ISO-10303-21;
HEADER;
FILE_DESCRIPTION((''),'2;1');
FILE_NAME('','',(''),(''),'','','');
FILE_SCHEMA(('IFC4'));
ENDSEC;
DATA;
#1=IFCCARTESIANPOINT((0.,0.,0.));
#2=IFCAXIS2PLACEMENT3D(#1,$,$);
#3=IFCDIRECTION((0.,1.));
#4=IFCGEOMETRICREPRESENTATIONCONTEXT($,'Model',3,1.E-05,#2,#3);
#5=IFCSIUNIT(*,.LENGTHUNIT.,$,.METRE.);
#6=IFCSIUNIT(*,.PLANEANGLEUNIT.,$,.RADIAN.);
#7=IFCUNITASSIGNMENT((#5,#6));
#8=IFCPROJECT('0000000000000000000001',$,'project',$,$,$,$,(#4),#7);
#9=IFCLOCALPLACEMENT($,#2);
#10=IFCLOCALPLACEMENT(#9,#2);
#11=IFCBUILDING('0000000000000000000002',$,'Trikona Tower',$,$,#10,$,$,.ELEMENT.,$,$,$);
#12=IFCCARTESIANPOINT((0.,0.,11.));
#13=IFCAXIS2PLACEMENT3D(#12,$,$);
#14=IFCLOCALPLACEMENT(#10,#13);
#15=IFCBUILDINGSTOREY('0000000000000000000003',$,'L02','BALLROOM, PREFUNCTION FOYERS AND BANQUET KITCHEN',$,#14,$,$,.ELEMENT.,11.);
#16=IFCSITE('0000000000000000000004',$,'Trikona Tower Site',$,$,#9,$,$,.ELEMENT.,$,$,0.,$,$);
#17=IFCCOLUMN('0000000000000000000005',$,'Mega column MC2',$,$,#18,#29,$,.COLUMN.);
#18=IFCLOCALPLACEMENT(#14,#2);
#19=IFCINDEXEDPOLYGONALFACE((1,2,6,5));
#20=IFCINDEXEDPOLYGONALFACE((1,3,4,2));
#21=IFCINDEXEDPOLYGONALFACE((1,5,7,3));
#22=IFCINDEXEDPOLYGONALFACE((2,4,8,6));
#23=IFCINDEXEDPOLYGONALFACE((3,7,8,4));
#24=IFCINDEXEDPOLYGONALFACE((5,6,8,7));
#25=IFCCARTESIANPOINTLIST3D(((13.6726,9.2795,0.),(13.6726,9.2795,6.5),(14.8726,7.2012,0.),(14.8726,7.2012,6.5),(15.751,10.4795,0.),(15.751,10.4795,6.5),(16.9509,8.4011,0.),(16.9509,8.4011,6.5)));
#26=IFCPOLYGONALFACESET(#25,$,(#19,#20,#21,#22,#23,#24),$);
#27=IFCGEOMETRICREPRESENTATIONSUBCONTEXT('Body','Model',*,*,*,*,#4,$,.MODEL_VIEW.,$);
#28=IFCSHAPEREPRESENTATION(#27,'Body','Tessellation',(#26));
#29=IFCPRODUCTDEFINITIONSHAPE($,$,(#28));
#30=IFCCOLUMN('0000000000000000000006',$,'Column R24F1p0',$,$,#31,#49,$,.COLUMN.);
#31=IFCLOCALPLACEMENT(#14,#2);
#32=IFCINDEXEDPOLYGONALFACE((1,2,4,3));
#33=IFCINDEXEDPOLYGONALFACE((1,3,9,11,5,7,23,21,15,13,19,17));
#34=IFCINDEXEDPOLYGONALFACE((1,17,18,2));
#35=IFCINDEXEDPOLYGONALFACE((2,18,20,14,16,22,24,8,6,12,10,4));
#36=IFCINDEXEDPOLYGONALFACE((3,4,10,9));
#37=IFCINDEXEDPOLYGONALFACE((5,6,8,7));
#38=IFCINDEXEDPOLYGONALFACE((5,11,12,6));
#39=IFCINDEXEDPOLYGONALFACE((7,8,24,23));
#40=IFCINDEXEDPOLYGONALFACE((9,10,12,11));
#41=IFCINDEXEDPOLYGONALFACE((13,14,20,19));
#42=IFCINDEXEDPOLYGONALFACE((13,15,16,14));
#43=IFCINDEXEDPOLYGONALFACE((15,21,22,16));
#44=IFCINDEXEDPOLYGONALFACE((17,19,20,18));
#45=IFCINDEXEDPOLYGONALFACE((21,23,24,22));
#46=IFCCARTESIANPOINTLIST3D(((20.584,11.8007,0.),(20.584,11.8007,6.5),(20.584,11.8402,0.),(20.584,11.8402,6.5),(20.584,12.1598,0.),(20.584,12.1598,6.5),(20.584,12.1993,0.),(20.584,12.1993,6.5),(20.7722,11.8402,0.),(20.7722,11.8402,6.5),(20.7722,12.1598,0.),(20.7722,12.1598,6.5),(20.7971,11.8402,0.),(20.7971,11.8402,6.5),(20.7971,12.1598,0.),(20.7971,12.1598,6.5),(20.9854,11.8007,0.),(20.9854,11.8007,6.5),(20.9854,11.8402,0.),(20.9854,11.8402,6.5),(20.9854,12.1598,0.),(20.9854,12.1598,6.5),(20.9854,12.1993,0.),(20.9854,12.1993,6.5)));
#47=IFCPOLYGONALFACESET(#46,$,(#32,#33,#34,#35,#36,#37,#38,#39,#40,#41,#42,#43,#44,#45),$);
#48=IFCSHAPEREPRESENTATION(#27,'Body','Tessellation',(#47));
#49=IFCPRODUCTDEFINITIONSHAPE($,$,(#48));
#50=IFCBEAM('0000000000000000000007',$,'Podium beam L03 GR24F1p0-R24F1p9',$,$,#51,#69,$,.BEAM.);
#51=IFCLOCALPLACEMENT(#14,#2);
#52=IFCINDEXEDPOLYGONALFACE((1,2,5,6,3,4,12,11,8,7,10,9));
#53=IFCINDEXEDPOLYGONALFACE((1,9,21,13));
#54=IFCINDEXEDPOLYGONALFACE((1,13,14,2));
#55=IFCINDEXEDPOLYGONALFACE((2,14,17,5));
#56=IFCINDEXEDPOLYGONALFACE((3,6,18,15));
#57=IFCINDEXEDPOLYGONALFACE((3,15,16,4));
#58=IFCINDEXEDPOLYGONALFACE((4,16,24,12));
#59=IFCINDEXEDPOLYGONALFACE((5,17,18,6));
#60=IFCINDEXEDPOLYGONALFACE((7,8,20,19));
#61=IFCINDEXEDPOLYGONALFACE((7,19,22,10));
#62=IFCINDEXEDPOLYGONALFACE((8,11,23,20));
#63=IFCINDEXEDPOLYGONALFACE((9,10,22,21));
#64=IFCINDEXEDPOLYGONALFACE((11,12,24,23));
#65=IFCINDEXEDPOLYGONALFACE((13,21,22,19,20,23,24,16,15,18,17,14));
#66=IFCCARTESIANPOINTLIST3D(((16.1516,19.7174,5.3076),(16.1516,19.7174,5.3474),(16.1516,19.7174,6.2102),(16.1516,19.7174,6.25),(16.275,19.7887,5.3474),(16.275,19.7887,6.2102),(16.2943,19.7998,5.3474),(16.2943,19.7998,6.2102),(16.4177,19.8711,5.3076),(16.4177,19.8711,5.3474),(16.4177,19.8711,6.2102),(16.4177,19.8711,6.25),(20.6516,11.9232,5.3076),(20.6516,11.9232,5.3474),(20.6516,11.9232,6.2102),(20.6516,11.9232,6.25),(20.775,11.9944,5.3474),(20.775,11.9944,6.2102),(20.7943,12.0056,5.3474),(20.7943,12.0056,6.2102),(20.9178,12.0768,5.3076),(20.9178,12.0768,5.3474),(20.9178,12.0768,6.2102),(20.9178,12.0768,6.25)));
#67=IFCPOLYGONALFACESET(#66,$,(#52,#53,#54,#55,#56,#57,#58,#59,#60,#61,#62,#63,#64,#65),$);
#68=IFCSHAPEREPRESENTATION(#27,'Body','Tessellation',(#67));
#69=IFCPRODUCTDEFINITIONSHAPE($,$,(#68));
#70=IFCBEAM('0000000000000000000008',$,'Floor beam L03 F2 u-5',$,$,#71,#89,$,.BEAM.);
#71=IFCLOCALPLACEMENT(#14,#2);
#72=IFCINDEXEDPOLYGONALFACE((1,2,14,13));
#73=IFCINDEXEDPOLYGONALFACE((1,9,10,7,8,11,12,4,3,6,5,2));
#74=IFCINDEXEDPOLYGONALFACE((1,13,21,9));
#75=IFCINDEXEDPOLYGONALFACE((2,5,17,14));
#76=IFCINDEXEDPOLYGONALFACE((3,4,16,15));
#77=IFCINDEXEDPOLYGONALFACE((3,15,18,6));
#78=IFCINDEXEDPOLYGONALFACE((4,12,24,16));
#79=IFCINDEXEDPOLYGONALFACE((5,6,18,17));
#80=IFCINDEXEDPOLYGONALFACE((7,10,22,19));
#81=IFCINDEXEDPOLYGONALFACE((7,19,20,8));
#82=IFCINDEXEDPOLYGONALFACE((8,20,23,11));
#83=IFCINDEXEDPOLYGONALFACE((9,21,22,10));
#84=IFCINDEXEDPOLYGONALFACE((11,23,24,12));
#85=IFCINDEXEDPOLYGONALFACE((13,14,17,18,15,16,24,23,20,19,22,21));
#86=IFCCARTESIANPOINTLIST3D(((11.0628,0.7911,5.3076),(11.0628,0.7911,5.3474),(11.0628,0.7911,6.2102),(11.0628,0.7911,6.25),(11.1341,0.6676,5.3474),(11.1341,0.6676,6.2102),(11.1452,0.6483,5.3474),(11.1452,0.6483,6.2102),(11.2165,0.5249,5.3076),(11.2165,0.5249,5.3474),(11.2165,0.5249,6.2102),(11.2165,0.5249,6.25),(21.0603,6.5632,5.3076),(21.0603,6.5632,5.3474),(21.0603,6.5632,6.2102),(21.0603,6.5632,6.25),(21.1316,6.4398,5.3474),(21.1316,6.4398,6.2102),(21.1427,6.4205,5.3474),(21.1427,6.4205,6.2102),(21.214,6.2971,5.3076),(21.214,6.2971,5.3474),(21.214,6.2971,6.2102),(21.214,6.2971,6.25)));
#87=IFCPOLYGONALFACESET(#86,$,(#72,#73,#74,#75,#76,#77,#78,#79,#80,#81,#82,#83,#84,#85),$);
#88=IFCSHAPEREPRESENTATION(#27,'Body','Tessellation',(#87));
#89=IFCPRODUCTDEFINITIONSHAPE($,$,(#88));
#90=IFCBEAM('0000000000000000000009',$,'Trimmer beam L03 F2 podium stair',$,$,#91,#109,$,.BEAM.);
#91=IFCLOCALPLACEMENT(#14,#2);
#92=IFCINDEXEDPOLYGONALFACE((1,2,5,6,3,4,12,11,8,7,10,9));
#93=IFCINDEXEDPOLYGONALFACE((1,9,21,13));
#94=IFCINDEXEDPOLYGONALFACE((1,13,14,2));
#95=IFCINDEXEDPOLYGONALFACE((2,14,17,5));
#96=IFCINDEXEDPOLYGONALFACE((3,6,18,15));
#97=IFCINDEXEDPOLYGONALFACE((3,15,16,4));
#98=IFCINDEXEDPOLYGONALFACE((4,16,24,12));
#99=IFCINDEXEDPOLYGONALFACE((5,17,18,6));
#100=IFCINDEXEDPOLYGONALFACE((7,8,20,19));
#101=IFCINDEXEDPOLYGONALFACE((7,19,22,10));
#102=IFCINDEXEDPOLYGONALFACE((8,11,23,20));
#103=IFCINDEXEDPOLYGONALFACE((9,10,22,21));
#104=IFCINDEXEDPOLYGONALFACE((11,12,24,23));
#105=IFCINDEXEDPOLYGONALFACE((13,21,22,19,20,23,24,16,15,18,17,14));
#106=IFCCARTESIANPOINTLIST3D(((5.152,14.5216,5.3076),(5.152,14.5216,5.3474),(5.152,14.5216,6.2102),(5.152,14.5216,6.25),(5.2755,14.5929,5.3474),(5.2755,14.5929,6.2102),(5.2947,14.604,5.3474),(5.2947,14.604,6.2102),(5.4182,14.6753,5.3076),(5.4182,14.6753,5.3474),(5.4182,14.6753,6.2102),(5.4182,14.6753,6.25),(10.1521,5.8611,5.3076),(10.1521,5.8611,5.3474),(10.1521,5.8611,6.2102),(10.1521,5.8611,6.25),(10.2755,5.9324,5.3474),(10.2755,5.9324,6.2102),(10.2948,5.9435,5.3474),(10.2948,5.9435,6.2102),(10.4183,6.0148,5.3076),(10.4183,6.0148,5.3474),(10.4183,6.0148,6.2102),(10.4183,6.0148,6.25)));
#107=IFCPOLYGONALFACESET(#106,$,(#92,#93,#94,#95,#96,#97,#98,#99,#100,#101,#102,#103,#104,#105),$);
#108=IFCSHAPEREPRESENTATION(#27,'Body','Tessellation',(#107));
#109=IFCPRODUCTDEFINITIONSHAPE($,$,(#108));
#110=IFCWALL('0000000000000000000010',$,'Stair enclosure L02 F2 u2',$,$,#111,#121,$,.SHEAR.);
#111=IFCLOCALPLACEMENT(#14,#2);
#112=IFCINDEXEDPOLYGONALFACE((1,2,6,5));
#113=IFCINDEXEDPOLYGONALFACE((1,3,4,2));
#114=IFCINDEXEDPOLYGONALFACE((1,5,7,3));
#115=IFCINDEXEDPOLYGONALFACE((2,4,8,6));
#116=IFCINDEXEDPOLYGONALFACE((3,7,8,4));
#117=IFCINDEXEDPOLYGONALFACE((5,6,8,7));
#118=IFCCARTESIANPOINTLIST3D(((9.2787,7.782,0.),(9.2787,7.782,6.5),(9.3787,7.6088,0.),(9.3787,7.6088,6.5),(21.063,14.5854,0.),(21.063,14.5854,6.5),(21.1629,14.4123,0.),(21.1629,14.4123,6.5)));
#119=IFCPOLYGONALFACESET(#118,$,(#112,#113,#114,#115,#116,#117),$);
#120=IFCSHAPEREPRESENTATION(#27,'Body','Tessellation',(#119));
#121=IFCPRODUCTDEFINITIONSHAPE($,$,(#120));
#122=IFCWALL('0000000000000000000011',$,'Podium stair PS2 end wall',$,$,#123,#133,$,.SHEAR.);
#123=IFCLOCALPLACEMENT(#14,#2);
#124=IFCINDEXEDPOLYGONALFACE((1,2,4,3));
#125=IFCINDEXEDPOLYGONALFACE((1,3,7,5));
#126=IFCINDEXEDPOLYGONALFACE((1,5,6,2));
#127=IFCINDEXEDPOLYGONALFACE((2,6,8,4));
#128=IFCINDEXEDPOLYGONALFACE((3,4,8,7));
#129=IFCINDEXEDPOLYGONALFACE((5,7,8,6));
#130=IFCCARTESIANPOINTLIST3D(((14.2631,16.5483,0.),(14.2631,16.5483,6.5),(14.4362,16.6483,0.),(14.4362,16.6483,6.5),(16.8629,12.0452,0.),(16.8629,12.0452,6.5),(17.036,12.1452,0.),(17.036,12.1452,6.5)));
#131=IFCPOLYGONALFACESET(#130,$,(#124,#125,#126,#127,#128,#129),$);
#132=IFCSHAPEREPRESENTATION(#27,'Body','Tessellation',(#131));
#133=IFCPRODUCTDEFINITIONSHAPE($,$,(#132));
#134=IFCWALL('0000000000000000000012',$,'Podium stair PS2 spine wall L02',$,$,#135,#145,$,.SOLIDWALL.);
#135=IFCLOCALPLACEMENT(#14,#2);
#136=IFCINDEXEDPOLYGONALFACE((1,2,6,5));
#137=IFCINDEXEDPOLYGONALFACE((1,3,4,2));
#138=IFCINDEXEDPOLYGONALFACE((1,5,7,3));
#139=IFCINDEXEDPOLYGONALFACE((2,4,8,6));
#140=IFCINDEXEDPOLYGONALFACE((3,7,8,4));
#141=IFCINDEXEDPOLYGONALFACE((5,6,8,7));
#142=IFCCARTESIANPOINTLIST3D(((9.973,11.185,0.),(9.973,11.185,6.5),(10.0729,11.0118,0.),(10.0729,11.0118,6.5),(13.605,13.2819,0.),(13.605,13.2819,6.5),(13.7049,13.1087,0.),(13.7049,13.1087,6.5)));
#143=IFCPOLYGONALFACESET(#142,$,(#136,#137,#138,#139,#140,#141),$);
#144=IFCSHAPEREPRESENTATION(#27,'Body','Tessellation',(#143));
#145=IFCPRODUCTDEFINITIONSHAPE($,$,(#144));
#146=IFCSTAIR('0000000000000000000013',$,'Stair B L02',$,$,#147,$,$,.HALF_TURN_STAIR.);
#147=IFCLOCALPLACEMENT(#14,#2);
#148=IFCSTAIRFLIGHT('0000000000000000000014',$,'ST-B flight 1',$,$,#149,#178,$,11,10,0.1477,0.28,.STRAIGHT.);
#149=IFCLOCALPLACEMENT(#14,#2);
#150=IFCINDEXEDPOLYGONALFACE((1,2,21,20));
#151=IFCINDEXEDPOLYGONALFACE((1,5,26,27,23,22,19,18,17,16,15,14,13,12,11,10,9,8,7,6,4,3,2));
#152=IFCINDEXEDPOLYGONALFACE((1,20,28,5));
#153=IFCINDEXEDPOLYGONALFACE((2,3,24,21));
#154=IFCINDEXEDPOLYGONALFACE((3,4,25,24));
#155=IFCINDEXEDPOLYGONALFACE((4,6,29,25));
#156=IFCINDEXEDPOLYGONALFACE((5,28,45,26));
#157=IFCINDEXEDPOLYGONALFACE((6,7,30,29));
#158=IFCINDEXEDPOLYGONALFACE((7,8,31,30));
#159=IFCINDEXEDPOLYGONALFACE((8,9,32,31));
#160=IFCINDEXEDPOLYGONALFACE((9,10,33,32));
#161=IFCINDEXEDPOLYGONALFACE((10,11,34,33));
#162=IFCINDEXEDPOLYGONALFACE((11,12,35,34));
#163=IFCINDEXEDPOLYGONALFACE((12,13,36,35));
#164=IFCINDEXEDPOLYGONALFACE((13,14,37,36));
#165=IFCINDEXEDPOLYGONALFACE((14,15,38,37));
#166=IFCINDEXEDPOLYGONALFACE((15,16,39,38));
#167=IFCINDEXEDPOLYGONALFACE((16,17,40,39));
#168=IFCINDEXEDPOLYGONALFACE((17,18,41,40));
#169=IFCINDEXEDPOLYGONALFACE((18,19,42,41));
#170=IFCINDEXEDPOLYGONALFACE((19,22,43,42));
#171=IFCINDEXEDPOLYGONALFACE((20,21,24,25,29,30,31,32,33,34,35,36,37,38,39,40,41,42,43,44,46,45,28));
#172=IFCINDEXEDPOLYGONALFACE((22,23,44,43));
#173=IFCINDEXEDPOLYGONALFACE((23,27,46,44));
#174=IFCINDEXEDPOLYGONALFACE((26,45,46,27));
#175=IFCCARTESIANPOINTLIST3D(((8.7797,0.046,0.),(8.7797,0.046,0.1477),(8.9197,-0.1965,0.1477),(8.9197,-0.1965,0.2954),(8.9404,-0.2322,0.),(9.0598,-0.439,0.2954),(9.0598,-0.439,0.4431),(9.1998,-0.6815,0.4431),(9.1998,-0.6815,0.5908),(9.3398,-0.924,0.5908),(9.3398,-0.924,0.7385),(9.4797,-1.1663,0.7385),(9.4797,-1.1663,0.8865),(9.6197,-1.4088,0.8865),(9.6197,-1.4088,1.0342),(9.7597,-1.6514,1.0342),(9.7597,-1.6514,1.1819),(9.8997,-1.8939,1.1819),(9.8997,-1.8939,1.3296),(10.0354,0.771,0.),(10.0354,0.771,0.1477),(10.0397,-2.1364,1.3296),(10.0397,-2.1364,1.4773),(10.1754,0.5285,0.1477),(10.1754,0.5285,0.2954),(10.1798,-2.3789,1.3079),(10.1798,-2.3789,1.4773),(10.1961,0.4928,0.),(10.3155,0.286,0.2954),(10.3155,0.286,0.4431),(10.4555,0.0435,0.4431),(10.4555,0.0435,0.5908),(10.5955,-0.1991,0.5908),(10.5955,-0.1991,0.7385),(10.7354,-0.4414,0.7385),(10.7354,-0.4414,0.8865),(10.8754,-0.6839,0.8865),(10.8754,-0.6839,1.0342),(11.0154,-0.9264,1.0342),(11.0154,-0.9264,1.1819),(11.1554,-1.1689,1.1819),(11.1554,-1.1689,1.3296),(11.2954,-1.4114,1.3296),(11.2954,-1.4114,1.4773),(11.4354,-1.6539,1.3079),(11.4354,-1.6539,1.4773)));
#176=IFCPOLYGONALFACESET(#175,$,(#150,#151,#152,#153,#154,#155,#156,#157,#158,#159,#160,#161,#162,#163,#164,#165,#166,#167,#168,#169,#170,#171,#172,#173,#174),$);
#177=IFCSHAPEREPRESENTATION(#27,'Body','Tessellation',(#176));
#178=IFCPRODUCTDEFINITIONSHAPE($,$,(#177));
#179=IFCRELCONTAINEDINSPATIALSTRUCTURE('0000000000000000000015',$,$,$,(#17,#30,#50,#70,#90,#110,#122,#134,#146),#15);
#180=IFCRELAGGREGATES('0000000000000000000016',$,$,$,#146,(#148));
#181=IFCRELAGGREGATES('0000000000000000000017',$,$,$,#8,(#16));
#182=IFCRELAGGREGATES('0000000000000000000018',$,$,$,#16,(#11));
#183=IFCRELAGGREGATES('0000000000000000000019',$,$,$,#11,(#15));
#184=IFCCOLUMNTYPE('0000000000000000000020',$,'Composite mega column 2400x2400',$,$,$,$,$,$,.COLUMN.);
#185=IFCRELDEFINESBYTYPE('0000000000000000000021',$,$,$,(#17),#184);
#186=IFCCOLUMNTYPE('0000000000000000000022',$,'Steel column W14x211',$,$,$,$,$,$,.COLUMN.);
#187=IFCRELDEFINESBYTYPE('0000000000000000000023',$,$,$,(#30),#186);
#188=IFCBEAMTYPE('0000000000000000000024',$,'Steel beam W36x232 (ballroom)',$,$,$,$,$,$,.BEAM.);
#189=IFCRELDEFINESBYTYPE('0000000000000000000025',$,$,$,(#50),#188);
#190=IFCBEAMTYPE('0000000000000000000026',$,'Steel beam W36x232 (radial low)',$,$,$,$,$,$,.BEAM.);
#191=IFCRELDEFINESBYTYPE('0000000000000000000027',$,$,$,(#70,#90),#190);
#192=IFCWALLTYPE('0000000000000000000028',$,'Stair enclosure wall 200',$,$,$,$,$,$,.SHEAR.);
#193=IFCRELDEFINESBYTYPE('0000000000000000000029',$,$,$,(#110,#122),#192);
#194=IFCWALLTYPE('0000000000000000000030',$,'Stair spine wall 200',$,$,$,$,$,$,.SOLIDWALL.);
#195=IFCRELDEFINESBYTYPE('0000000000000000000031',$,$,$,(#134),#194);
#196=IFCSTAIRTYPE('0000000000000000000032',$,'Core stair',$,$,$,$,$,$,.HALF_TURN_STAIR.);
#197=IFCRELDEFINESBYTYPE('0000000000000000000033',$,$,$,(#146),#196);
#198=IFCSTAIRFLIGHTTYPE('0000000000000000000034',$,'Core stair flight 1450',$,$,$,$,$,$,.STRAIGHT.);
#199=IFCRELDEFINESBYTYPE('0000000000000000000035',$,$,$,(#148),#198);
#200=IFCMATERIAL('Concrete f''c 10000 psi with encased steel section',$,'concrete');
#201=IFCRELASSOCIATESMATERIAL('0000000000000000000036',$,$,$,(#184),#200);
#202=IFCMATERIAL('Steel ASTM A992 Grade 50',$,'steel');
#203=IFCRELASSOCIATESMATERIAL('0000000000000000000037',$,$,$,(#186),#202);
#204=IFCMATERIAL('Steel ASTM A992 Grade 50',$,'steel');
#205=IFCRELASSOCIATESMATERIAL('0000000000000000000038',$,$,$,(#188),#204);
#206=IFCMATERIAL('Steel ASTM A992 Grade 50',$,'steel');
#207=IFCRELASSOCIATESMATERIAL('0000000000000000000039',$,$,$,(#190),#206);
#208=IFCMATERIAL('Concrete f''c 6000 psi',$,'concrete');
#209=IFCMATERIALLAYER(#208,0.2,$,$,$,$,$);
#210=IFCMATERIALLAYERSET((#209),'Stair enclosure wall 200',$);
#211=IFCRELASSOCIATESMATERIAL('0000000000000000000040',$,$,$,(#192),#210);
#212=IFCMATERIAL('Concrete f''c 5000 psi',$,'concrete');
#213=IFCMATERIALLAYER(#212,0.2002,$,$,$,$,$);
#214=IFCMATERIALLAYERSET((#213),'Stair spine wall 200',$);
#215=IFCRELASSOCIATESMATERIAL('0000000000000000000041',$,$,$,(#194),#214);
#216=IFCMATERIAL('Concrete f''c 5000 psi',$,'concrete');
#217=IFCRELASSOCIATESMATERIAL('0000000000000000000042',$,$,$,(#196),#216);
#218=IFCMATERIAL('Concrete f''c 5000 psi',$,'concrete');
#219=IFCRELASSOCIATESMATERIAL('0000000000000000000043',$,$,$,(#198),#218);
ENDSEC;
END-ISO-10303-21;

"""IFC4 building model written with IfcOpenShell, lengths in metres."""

from ifc_helpers import new_model, si_unit, direction, frame, frame_2d, origin, origin_2d, place, context, subcontext, project, spatial, polyline, rectangle, i_section, outline, extrude, material, layer, layer_set, material_profile, profile_set, type_object, element, aggregate, save


model = new_model("IFC4")

# Units and contexts
model_context = context("Model", 3, precision=1e-05, world=origin(), true_north=direction((0.0, 1.0)))
body_context = subcontext(model_context, "Body", "Model", "MODEL_VIEW")
ifc_project = project(units=[si_unit("LENGTHUNIT", "METRE"), si_unit("PLANEANGLEUNIT", "RADIAN")], contexts=[model_context])

# Site, building, storey
site_placement = place(None, origin())
site = spatial("IfcSite", under=ifc_project, at=site_placement, Name="Trikona Tower Site", CompositionType="ELEMENT", RefElevation=0.0)
building_placement = place(site_placement, origin())
building = spatial("IfcBuilding", under=site, at=building_placement, Name="Trikona Tower", CompositionType="ELEMENT")
storey_placement = place(building_placement, frame((0.0, 0.0, 11.0)))
storey = spatial("IfcBuildingStorey", under=building, at=storey_placement, Name="L02", Description="BALLROOM, PREFUNCTION FOYERS AND BANQUET KITCHEN", CompositionType="ELEMENT", Elevation=11.0)

# Columns
ifc_material_1 = material(Name="Concrete f'c 10000 psi with encased steel section", Category="concrete")
ifc_material_profile_1 = material_profile(ifc_material_1, rectangle(XDim=2.3999, YDim=2.3999, at=origin_2d()), Name="MC2400")
ifc_profile_set_1 = profile_set([ifc_material_profile_1], Name="Concrete f'c 10000 psi with encased steel section")
column_type_1 = type_object("IfcColumnType", Name="Composite mega column 2400x2400", PredefinedType="COLUMN", material=ifc_profile_set_1)
column_1_placement = place(storey_placement, frame((15.3118, 8.8403, 0.0), z_axis=(0.0, 0.0, 1.0), x_axis=(0.866025, 0.5, 0.0)))
element("IfcColumn", 1, at=column_1_placement, inside=storey, type_object=column_type_1, Name="Mega column MC2", PredefinedType="COLUMN", context=body_context, shape_type="SweptSolid", body=[
    extrude(rectangle(XDim=2.3999, YDim=2.3999, at=origin_2d()), origin(), (0.0, 0.0, 1.0), 6.5),
])
ifc_material_2 = material(Name="Steel ASTM A992 Grade 50", Category="steel")
ifc_material_profile_2 = material_profile(ifc_material_2, i_section(OverallWidth=0.4014, OverallDepth=0.3987, WebThickness=0.0249, FlangeThickness=0.0396, at=origin_2d()), Name="W14X211")
ifc_profile_set_2 = profile_set([ifc_material_profile_2], Name="Steel ASTM A992 Grade 50")
column_type_2 = type_object("IfcColumnType", Name="Steel column W14x211", PredefinedType="COLUMN", material=ifc_profile_set_2)
column_2_placement = place(storey_placement, frame((20.7847, 12.0, 0.0), z_axis=(0.0, 0.0, 1.0), x_axis=(1.0, 0.0, 0.0)))
element("IfcColumn", 2, at=column_2_placement, inside=storey, type_object=column_type_2, Name="Column R24F1p0", PredefinedType="COLUMN", context=body_context, shape_type="SweptSolid", body=[
    extrude(i_section(OverallWidth=0.4014, OverallDepth=0.3987, WebThickness=0.0249, FlangeThickness=0.0396, at=origin_2d()), origin(), (0.0, 0.0, 1.0), 6.5),
])

# Beams
ifc_material_3 = material(Name="Steel ASTM A992 Grade 50", Category="steel")
ifc_material_profile_3 = material_profile(ifc_material_3, i_section(OverallWidth=0.3074, OverallDepth=0.9424, WebThickness=0.0222, FlangeThickness=0.0398, at=origin_2d()), Name="W36X232")
ifc_profile_set_3 = profile_set([ifc_material_profile_3], Name="Steel ASTM A992 Grade 50")
beam_type_1 = type_object("IfcBeamType", Name="Steel beam W36x232 (ballroom)", PredefinedType="BEAM", material=ifc_profile_set_3)
beam_1_placement = place(storey_placement, frame((20.7847, 12.0, 5.7788), z_axis=(-0.500002, 0.866024, 0.0), x_axis=(-0.866024, -0.500002, 0.0)))
element("IfcBeam", 3, at=beam_1_placement, inside=storey, type_object=beam_type_1, Name="Podium beam L03 GR24F1p0-R24F1p9", PredefinedType="BEAM", context=body_context, shape_type="SweptSolid", body=[
    extrude(i_section(OverallWidth=0.3074, OverallDepth=0.9424, WebThickness=0.0222, FlangeThickness=0.0398, at=origin_2d()), origin(), (0.0, 0.0, 1.0), 9.0),
])
ifc_material_4 = material(Name="Steel ASTM A992 Grade 50", Category="steel")
ifc_material_profile_4 = material_profile(ifc_material_4, i_section(OverallWidth=0.3074, OverallDepth=0.9424, WebThickness=0.0222, FlangeThickness=0.0398, at=origin_2d()), Name="W36X232")
ifc_profile_set_4 = profile_set([ifc_material_profile_4], Name="Steel ASTM A992 Grade 50")
beam_type_2 = type_object("IfcBeamType", Name="Steel beam W36x232 (radial low)", PredefinedType="BEAM", material=ifc_profile_set_4)
beam_2_placement = place(storey_placement, frame((11.1396, 0.658, 5.7788), z_axis=(0.866021, 0.500008, 0.0), x_axis=(-0.500008, 0.866021, 0.0)))
element("IfcBeam", 4, at=beam_2_placement, inside=storey, type_object=beam_type_2, Name="Floor beam L03 F2 u-5", PredefinedType="BEAM", context=body_context, shape_type="SweptSolid", body=[
    extrude(i_section(OverallWidth=0.3074, OverallDepth=0.9424, WebThickness=0.0222, FlangeThickness=0.0398, at=origin_2d()), origin(), (0.0, 0.0, 1.0), 11.5442),
])
beam_3_placement = place(storey_placement, frame((10.2852, 5.938, 5.7788), z_axis=(-0.499994, 0.866029, 0.0), x_axis=(-0.866029, -0.499994, 0.0)))
element("IfcBeam", 5, at=beam_3_placement, inside=storey, type_object=beam_type_2, Name="Trimmer beam L03 F2 podium stair", PredefinedType="BEAM", context=body_context, shape_type="SweptSolid", body=[
    extrude(i_section(OverallWidth=0.3074, OverallDepth=0.9424, WebThickness=0.0222, FlangeThickness=0.0398, at=origin_2d()), origin(), (0.0, 0.0, 1.0), 10.0002),
])

# Walls
ifc_material_5 = material(Name="Concrete f'c 6000 psi", Category="concrete")
ifc_layer_1 = layer(ifc_material_5, 0.2)
ifc_layer_set_1 = layer_set([ifc_layer_1], Name="Stair enclosure wall 200")
wall_type_1 = type_object("IfcWallType", Name="Stair enclosure wall 200", PredefinedType="SHEAR", material=ifc_layer_set_1)
wall_1_placement = place(storey_placement, frame((9.3286, 7.6953, 0.0), z_axis=(0.0, 0.0, 1.0), x_axis=(0.86603, 0.499993, 0.0)))
element("IfcWall", 6, at=wall_1_placement, inside=storey, type_object=wall_type_1, Name="Stair enclosure L02 F2 u2", PredefinedType="SHEAR", context=body_context, shape_type="SweptSolid", body=[
    extrude(rectangle(XDim=13.6072, YDim=0.2, at=frame_2d((6.8037, 0.0))), origin(), (0.0, 0.0, 1.0), 6.5),
])
wall_2_placement = place(storey_placement, frame((16.9495, 12.0952, 0.0), z_axis=(0.0, 0.0, 1.0), x_axis=(-0.499992, 0.86603, 0.0)))
element("IfcWall", 7, at=wall_2_placement, inside=storey, type_object=wall_type_1, Name="Podium stair PS2 end wall", PredefinedType="SHEAR", context=body_context, shape_type="SweptSolid", body=[
    extrude(rectangle(XDim=5.1997, YDim=0.2, at=frame_2d((2.5999, 0.0))), origin(), (0.0, 0.0, 1.0), 6.5),
])
ifc_material_6 = material(Name="Concrete f'c 5000 psi", Category="concrete")
ifc_layer_2 = layer(ifc_material_6, 0.2002)
ifc_layer_set_2 = layer_set([ifc_layer_2], Name="Stair spine wall 200")
wall_type_2 = type_object("IfcWallType", Name="Stair spine wall 200", PredefinedType="SOLIDWALL", material=ifc_layer_set_2)
wall_3_placement = place(storey_placement, frame((10.0229, 11.0984, 0.0), z_axis=(0.0, 0.0, 1.0), x_axis=(0.866031, 0.49999, 0.0)))
element("IfcWall", 8, at=wall_3_placement, inside=storey, type_object=wall_type_2, Name="Podium stair PS2 spine wall L02", PredefinedType="SOLIDWALL", context=body_context, shape_type="SweptSolid", body=[
    extrude(rectangle(XDim=4.1938, YDim=0.2, at=frame_2d((2.0969, 0.0))), origin(), (0.0, 0.0, 1.0), 6.5),
])

# Stair, stair flight
ifc_material_7 = material(Name="Concrete f'c 5000 psi", Category="concrete")
stair_type_1 = type_object("IfcStairType", Name="Core stair", PredefinedType="HALF_TURN_STAIR", material=ifc_material_7)
stair_1_placement = place(storey_placement, origin())
stair_1 = element("IfcStair", 9, at=stair_1_placement, inside=storey, type_object=stair_type_1, Name="Stair B L02", PredefinedType="HALF_TURN_STAIR")
ifc_material_8 = material(Name="Concrete f'c 5000 psi", Category="concrete")
stair_flight_type_1 = type_object("IfcStairFlightType", Name="Core stair flight 1450", PredefinedType="STRAIGHT", material=ifc_material_8)
stair_flight_1_placement = place(storey_placement, frame((9.4075, 0.4084, 0.0), z_axis=(0.0, 0.0, 1.0), x_axis=(0.5, -0.866025, 0.0)))
stair_flight_1 = element("IfcStairFlight", 10, at=stair_flight_1_placement, type_object=stair_flight_type_1, Name="ST-B flight 1", NumberOfRisers=11, NumberOfTreads=10, PredefinedType="STRAIGHT", RiserHeight=0.1477, TreadLength=0.28, context=body_context, shape_type="SweptSolid", body=[
    extrude(outline(polyline([(0.0, 0.0), (0.0, 0.1477), (0.28, 0.1477), (0.28, 0.2954), (0.5601, 0.2954), (0.5601, 0.4431), (0.8401, 0.4431), (0.8401, 0.5908), (1.1201, 0.5908), (1.1201, 0.7385), (1.3999, 0.7385), (1.3999, 0.8865), (1.6799, 0.8865), (1.6799, 1.0342), (1.96, 1.0342), (1.96, 1.1819), (2.24, 1.1819), (2.24, 1.3296), (2.52, 1.3296), (2.52, 1.4773), (2.8, 1.4773), (2.8, 1.625), (2.8, 1.3079), (0.3213, 0.0), (0.0, 0.0)])), frame((0.0, 0.7251, 0.0), z_axis=(0.0, -1.0, 0.0), x_axis=(1.0, 0.0, 0.0)), (0.0, 0.0, 1.0), 1.45),
])
aggregate(stair_1, [stair_flight_1])

save(model, "model.ifc")
